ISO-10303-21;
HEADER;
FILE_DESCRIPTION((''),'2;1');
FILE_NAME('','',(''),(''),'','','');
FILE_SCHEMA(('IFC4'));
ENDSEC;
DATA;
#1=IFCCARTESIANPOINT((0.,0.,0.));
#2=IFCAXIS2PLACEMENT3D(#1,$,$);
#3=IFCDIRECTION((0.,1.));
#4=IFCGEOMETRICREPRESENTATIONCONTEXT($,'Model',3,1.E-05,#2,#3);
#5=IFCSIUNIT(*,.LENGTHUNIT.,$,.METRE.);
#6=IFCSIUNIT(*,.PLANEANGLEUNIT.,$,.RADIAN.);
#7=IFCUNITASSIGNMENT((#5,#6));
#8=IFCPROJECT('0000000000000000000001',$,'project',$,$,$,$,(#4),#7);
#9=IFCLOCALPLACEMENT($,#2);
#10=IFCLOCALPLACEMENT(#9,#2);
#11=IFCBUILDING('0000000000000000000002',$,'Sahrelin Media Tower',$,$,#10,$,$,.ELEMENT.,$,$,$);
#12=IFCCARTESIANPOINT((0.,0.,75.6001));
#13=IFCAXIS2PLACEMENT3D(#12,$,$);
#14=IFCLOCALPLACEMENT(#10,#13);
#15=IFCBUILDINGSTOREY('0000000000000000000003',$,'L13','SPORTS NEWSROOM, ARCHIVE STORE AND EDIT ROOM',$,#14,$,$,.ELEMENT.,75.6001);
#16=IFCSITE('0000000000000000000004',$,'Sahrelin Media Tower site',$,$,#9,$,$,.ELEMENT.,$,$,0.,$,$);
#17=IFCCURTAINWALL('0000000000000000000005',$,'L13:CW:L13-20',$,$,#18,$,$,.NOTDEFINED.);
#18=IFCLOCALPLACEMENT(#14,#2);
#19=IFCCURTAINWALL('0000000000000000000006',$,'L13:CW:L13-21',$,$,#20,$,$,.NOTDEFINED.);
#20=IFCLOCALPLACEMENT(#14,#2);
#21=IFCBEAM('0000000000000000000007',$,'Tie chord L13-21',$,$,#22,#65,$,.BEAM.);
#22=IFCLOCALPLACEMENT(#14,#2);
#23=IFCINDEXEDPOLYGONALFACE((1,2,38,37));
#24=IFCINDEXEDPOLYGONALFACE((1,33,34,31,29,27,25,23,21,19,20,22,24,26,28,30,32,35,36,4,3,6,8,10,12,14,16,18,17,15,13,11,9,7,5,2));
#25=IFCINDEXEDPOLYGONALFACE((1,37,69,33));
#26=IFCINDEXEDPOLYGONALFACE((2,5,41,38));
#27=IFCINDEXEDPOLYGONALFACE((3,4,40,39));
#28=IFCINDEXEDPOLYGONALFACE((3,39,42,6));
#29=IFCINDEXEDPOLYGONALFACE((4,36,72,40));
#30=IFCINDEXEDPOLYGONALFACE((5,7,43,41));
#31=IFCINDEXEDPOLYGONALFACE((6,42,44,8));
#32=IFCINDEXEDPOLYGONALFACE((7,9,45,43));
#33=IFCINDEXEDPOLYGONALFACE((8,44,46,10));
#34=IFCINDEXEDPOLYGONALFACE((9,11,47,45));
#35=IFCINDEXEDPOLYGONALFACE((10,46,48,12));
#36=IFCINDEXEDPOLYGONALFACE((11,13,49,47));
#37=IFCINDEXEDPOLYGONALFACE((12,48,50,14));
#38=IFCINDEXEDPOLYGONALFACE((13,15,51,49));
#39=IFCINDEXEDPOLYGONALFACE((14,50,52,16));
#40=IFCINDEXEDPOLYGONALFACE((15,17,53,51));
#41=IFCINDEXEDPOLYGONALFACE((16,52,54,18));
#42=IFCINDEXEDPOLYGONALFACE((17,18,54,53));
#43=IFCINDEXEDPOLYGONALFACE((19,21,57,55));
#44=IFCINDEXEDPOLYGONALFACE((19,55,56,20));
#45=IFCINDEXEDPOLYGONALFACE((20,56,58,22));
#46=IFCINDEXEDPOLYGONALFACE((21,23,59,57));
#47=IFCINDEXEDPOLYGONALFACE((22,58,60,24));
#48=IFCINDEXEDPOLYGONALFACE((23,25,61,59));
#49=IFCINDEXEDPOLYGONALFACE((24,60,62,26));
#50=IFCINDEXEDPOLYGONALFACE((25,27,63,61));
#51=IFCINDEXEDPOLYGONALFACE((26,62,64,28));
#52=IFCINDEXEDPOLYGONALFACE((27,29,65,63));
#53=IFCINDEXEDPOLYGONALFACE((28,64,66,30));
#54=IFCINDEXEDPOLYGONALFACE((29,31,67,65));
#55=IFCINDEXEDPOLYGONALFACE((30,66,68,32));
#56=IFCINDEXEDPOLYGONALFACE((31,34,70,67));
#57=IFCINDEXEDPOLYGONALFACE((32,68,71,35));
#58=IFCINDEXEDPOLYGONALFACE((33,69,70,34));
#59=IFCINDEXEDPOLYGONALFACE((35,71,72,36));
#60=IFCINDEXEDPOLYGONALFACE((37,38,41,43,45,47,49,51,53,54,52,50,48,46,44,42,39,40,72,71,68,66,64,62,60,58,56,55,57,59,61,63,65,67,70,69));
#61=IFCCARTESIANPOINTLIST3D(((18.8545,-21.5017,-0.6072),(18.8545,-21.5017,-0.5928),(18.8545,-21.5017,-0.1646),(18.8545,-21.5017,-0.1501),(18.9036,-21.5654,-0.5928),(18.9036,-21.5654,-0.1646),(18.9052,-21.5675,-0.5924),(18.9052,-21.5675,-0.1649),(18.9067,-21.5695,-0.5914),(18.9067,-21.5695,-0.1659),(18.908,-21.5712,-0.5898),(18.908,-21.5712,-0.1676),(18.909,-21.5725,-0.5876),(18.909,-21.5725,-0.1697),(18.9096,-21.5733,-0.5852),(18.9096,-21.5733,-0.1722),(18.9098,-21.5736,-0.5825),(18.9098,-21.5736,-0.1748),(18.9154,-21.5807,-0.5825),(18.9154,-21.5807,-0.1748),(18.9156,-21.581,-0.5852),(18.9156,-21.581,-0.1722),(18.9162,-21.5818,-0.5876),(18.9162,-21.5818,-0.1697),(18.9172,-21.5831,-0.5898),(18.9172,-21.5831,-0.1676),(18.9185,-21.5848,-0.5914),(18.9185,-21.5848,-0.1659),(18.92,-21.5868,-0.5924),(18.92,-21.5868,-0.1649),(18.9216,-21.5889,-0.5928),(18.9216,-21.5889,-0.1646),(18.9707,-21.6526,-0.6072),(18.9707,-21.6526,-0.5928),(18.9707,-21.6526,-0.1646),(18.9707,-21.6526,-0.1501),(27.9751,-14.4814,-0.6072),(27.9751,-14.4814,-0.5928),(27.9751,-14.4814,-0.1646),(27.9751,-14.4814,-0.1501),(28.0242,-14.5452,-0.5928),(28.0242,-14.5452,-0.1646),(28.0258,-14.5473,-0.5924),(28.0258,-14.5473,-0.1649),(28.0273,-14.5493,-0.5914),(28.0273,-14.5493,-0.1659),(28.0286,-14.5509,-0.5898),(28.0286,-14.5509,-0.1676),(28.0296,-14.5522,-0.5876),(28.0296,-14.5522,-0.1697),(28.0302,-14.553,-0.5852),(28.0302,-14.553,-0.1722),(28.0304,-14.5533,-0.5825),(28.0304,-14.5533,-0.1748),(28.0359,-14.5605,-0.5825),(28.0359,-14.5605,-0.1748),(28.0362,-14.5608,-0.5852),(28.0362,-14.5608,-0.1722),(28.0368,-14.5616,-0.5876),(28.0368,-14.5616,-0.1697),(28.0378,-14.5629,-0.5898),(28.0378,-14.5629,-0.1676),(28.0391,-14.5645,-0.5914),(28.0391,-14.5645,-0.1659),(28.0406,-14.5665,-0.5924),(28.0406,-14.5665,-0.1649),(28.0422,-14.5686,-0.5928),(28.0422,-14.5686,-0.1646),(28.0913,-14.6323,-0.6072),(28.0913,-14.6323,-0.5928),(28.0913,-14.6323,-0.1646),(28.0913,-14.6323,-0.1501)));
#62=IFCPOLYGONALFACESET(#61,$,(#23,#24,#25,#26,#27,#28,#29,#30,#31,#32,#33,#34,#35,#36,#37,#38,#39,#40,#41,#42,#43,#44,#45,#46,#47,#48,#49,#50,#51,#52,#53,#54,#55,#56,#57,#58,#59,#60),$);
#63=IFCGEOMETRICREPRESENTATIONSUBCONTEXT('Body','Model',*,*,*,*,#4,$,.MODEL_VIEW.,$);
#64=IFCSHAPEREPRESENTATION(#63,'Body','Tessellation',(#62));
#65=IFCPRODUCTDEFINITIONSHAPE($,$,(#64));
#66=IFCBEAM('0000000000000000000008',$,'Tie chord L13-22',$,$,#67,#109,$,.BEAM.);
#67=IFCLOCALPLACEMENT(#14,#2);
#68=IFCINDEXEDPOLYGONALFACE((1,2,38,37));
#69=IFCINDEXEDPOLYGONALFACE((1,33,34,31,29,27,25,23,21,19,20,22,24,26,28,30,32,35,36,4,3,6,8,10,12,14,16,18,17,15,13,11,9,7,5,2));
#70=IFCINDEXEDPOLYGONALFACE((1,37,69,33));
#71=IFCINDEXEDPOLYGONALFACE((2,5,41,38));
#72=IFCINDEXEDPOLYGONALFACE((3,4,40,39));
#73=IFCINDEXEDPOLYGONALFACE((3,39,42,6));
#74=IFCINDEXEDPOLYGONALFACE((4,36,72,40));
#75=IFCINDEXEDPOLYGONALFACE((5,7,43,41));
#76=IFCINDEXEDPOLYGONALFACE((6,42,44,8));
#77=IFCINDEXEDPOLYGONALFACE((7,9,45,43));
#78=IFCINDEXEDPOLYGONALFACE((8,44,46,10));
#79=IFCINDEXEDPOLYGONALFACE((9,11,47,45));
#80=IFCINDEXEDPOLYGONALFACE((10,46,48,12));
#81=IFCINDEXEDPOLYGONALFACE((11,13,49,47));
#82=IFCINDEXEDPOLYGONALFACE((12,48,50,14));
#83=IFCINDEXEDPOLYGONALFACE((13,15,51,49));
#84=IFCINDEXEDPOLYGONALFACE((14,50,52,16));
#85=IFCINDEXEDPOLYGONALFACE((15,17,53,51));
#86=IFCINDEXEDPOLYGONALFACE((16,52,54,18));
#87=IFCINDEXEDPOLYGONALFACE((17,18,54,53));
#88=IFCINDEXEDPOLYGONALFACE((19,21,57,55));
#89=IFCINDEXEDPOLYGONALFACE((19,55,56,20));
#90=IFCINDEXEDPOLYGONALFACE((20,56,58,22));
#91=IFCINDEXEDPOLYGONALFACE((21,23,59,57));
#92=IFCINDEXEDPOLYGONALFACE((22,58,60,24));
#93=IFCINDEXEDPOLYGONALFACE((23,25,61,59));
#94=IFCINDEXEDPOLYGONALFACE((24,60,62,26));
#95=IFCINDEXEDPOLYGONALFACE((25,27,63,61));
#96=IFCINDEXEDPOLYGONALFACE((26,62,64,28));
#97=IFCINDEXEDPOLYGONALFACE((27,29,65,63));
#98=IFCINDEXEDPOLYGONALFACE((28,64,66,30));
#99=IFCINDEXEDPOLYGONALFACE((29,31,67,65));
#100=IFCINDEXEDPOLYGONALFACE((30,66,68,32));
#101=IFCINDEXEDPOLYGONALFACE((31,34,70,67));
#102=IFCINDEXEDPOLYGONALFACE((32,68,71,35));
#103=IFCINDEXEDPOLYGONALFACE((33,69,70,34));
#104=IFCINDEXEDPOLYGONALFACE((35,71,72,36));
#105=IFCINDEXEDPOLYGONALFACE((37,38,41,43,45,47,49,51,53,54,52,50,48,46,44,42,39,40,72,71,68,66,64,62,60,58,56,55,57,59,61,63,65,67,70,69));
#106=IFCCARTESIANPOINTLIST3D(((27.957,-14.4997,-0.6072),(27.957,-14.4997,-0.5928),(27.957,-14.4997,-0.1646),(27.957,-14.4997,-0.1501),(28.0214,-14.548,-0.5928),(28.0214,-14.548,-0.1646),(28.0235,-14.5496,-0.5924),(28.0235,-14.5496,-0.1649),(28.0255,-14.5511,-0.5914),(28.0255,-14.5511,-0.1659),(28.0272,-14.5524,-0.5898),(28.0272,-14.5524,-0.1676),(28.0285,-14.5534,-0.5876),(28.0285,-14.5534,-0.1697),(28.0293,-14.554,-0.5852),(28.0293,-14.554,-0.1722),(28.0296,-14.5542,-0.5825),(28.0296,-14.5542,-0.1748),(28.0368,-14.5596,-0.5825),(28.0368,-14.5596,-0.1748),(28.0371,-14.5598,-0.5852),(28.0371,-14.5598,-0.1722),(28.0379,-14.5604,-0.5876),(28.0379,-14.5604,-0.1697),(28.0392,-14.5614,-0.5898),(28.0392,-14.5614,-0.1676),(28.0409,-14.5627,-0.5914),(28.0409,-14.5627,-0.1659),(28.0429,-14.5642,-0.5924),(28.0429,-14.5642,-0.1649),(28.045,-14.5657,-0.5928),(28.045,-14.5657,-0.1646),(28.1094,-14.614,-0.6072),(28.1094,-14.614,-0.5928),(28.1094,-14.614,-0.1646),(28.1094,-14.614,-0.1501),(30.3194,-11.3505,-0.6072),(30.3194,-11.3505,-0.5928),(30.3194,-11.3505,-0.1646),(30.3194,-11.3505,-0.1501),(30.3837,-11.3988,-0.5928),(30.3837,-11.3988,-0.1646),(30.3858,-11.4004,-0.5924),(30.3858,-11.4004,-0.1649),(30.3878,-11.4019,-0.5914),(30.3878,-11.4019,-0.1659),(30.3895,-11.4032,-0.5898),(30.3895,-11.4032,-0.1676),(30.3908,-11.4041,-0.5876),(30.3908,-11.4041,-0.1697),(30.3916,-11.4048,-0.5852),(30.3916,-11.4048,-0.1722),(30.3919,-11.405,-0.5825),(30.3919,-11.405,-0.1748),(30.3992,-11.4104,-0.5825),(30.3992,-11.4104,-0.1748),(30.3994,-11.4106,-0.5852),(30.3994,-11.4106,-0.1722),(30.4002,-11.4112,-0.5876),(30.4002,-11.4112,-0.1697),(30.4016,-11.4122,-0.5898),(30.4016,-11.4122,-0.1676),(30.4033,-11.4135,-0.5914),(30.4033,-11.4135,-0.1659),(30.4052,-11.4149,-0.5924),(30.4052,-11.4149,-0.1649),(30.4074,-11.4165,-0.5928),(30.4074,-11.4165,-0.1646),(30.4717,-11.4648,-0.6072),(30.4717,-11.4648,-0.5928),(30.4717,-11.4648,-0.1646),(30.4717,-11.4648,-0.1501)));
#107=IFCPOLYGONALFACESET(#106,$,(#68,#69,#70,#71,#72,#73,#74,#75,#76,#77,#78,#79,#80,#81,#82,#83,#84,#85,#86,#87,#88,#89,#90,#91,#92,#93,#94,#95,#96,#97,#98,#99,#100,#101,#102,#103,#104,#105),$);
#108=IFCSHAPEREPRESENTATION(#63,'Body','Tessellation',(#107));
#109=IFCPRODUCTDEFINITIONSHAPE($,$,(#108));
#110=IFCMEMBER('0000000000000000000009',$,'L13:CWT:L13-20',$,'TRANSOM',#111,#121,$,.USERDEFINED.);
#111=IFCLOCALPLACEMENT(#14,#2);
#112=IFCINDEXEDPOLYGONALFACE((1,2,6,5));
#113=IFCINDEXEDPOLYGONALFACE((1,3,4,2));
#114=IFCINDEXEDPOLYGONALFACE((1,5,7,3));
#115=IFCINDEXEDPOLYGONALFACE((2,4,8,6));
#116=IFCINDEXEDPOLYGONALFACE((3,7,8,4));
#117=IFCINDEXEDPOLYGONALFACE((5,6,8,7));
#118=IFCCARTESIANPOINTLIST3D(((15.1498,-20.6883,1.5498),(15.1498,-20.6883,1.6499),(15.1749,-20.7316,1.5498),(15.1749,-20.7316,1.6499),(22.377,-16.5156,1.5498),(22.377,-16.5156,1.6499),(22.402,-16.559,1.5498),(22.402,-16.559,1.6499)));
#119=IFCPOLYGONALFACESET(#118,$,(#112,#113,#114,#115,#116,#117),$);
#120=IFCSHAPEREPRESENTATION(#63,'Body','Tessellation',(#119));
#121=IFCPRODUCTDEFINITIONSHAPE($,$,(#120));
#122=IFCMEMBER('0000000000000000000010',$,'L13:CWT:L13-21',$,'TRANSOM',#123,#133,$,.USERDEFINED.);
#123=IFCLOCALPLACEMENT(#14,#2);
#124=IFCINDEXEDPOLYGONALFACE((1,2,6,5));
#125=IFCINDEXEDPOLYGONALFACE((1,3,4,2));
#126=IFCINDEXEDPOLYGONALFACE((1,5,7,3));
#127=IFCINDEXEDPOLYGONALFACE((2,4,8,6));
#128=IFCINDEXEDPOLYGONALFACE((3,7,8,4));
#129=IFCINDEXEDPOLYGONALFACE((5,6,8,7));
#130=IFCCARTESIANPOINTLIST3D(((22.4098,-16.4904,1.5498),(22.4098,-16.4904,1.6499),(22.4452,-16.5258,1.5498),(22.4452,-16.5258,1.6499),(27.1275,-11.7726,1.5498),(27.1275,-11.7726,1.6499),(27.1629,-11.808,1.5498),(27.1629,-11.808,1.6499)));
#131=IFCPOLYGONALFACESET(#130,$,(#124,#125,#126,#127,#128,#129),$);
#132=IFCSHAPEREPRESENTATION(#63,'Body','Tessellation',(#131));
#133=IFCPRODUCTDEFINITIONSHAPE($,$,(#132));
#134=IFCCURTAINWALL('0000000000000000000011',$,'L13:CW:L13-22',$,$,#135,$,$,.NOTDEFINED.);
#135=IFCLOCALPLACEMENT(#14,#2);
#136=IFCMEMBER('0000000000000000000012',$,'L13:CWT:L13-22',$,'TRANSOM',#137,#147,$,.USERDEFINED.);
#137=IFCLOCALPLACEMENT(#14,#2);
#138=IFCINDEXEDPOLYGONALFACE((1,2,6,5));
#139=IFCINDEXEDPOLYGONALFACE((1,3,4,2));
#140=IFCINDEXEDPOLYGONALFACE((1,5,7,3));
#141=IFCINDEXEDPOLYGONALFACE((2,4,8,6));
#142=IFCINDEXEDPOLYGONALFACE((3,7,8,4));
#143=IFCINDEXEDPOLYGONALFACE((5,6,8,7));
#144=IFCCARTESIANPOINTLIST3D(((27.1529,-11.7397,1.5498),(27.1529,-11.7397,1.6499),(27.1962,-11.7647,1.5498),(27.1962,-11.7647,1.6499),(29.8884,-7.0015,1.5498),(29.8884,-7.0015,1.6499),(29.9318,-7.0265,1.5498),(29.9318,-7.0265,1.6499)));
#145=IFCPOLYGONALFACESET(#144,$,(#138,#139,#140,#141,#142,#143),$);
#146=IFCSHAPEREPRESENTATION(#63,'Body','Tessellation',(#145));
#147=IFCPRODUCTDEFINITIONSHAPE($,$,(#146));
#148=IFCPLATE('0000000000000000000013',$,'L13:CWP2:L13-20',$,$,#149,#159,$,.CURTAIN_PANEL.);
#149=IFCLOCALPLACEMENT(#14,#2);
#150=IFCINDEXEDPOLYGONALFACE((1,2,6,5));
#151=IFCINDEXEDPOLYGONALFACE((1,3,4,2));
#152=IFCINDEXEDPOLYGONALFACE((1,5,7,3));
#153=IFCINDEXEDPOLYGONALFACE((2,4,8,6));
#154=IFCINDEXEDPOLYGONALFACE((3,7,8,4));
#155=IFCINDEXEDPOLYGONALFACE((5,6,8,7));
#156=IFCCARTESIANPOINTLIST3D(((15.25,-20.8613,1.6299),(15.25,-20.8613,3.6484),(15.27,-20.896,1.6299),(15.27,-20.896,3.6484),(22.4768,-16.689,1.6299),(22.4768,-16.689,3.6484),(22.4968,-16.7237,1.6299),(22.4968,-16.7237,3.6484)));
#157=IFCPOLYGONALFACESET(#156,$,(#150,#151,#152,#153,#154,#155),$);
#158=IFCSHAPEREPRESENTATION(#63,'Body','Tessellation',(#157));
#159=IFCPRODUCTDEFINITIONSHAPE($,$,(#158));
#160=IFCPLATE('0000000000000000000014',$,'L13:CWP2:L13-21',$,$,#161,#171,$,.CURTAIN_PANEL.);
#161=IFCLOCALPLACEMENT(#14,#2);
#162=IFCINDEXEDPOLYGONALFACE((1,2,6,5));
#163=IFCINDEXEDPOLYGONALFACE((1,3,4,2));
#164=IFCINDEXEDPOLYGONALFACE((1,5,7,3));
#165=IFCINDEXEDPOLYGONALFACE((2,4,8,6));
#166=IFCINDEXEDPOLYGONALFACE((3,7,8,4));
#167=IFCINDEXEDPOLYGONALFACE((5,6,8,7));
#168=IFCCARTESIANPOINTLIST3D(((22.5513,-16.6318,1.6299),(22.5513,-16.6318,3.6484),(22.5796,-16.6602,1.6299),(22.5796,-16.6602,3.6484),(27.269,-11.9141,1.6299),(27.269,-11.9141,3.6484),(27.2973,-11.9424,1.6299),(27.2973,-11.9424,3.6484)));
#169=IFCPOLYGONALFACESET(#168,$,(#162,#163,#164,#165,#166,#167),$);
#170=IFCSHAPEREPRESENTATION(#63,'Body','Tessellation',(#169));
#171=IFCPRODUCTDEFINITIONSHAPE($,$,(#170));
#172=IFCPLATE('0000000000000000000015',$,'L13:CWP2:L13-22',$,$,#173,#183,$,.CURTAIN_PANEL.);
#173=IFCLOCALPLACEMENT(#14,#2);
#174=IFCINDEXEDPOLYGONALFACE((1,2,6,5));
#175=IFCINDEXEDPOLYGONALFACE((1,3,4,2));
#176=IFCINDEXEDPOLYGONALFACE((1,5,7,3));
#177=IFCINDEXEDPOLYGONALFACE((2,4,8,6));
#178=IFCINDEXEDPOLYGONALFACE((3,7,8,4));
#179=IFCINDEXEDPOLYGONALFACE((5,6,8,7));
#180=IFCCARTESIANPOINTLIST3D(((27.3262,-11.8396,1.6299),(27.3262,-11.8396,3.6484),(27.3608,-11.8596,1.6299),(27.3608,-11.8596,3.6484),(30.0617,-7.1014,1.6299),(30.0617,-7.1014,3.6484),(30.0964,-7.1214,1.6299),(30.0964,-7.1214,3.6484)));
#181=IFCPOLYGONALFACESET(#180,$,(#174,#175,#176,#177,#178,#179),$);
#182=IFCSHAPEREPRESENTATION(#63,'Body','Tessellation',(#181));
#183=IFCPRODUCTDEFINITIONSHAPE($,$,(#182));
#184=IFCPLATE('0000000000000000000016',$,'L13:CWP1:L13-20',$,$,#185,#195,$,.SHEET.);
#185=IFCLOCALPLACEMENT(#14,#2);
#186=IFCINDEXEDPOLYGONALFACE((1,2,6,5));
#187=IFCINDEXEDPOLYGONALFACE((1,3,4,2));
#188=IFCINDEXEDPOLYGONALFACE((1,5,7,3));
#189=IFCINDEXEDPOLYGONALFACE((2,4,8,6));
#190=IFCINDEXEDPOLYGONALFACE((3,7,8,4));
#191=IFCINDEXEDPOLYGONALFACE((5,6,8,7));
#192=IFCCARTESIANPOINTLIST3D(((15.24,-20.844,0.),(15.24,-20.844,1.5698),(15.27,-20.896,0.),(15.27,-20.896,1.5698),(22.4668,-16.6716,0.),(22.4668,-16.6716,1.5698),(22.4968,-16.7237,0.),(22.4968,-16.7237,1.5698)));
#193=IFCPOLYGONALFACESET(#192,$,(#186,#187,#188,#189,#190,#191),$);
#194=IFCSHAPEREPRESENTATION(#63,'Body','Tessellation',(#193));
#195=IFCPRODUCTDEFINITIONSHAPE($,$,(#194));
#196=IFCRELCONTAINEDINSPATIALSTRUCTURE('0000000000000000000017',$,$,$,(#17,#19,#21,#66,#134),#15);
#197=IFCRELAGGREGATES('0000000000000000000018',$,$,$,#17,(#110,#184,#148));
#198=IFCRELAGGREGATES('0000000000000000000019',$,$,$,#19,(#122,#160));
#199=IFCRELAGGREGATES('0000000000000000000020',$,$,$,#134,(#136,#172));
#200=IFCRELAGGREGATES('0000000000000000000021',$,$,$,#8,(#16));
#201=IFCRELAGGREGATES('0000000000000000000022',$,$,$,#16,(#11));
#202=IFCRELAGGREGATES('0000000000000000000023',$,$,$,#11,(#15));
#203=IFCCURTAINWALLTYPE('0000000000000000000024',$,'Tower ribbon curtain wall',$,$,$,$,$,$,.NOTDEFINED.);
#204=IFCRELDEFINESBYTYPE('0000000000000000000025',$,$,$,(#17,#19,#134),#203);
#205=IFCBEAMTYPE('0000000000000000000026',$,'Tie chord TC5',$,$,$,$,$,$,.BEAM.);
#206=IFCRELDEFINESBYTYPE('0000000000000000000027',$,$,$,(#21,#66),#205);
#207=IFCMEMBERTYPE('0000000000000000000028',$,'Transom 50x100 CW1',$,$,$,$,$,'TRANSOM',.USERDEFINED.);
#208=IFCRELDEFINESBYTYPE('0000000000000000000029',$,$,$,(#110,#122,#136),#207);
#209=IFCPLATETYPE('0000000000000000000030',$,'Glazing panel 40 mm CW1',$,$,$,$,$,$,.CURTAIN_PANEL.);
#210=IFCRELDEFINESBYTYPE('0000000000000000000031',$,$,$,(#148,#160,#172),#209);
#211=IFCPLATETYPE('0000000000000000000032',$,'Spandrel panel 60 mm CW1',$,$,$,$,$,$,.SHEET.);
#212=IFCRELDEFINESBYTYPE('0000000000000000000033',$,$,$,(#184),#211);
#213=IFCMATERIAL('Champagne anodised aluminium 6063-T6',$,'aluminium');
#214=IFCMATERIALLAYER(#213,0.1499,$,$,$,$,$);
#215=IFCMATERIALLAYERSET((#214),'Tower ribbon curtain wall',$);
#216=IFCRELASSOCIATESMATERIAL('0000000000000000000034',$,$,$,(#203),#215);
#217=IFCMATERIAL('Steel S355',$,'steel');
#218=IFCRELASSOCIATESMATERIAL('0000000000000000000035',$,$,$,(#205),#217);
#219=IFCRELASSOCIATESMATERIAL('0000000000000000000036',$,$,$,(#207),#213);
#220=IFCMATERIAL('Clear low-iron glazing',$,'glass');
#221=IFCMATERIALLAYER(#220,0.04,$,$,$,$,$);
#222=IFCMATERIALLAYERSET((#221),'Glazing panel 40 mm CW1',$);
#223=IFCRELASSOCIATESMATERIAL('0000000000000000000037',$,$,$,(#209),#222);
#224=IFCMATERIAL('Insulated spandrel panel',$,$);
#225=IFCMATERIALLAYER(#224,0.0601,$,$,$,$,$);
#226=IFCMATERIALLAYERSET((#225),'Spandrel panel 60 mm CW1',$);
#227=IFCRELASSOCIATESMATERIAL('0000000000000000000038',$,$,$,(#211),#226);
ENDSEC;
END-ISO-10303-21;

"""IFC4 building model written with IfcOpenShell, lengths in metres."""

from ifc_helpers import new_model, si_unit, direction, frame, origin, origin_2d, place, context, subcontext, project, spatial, polyline, rectangle, i_section, outline, extrude, material, layer, layer_set, material_profile, profile_set, type_object, element, aggregate, save


model = new_model("IFC4")

# Units and contexts
model_context = context("Model", 3, precision=1e-05, world=origin(), true_north=direction((0.0, 1.0)))
body_context = subcontext(model_context, "Body", "Model", "MODEL_VIEW")
ifc_project = project(units=[si_unit("LENGTHUNIT", "METRE"), si_unit("PLANEANGLEUNIT", "RADIAN")], contexts=[model_context])

# Site, building, storey
site_placement = place(None, origin())
site = spatial("IfcSite", under=ifc_project, at=site_placement, Name="Sahrelin Media Tower site", CompositionType="ELEMENT", RefElevation=0.0)
building_placement = place(site_placement, origin())
building = spatial("IfcBuilding", under=site, at=building_placement, Name="Sahrelin Media Tower", CompositionType="ELEMENT")
storey_placement = place(building_placement, frame((0.0, 0.0, 75.6001)))
storey = spatial("IfcBuildingStorey", under=building, at=storey_placement, Name="L13", Description="SPORTS NEWSROOM, ARCHIVE STORE AND EDIT ROOM", CompositionType="ELEMENT", Elevation=75.6001)

# Shared definitions
ifc_material_1 = material(Name="Steel S355", Category="steel")

# Curtain walls
ifc_material_2 = material(Name="Champagne anodised aluminium 6063-T6", Category="aluminium")
ifc_layer_1 = layer(ifc_material_2, 0.1499)
ifc_layer_set_1 = layer_set([ifc_layer_1], Name="Tower ribbon curtain wall")
curtain_wall_type = type_object("IfcCurtainWallType", Name="Tower ribbon curtain wall", PredefinedType="NOTDEFINED", material=ifc_layer_set_1)
curtain_wall_1_placement = place(storey_placement, frame((18.8733, -18.7925, 0.0), z_axis=(0.0, 0.0, 1.0), x_axis=(1.0, 0.0, 0.0)))
curtain_wall_1 = element("IfcCurtainWall", 1, at=curtain_wall_1_placement, inside=storey, type_object=curtain_wall_type, Name="L13:CW:L13-20", PredefinedType="NOTDEFINED")
curtain_wall_2_placement = place(storey_placement, frame((24.9243, -14.2871, 0.0), z_axis=(0.0, 0.0, 1.0), x_axis=(1.0, 0.0, 0.0)))
curtain_wall_2 = element("IfcCurtainWall", 2, at=curtain_wall_2_placement, inside=storey, type_object=curtain_wall_type, Name="L13:CW:L13-21", PredefinedType="NOTDEFINED")

# Beams
ifc_material_profile_1 = material_profile(ifc_material_1, i_section(OverallWidth=0.1904, OverallDepth=0.457, WebThickness=0.009, FlangeThickness=0.0144, FilletRadius=0.0103, at=origin_2d()), Name="UB 457x191x74")
ifc_profile_set_1 = profile_set([ifc_material_profile_1], Name="Steel S355")
beam_type_1 = type_object("IfcBeamType", Name="Tie chord TC5", PredefinedType="BEAM", material=ifc_profile_set_1)
beam_1_placement = place(storey_placement, frame((18.9126, -21.5771, -0.3787), z_axis=(0.792439, 0.609952, 0.0), x_axis=(-0.609952, 0.792439, 0.0)))
element("IfcBeam", 3, at=beam_1_placement, inside=storey, type_object=beam_type_1, Name="Tie chord L13-21", PredefinedType="BEAM", context=body_context, shape_type="SweptSolid", body=[
    extrude(i_section(OverallWidth=0.1904, OverallDepth=0.457, WebThickness=0.009, FlangeThickness=0.0144, FilletRadius=0.0103, at=origin_2d()), origin(), (0.0, 0.0, 1.0), 11.5095),
])
beam_2_placement = place(storey_placement, frame((28.0332, -14.5569, -0.3787), z_axis=(0.600069, 0.799948, 0.0), x_axis=(-0.799948, 0.600069, 0.0)))
element("IfcBeam", 4, at=beam_2_placement, inside=storey, type_object=beam_type_1, Name="Tie chord L13-22", PredefinedType="BEAM", context=body_context, shape_type="SweptSolid", body=[
    extrude(i_section(OverallWidth=0.1904, OverallDepth=0.457, WebThickness=0.009, FlangeThickness=0.0144, FilletRadius=0.0103, at=origin_2d()), origin(), (0.0, 0.0, 1.0), 3.9368),
])

# Members
ifc_material_profile_2 = material_profile(ifc_material_2, rectangle(XDim=0.05, YDim=0.1001, at=origin_2d()), Name="Transom 50x100")
ifc_profile_set_2 = profile_set([ifc_material_profile_2], Name="Champagne anodised aluminium 6063-T6")
member_type_1 = type_object("IfcMemberType", Name="Transom 50x100 CW1", ElementType="TRANSOM", PredefinedType="USERDEFINED", material=ifc_profile_set_2)
member_1_placement = place(storey_placement, frame((15.1624, -20.71, 1.5999), z_axis=(0.866022, 0.500006, 0.0), x_axis=(-0.500006, 0.866022, 0.0)))
member_1 = element("IfcMember", 5, at=member_1_placement, type_object=member_type_1, Name="L13:CWT:L13-20", ObjectType="TRANSOM", PredefinedType="USERDEFINED", context=body_context, shape_type="SweptSolid", body=[
    extrude(rectangle(XDim=0.05, YDim=0.1001, at=origin_2d()), origin(), (0.0, 0.0, 1.0), 8.3452),
])
member_2_placement = place(storey_placement, frame((22.4275, -16.5081, 1.5999), z_axis=(0.707107, 0.707107, 0.0), x_axis=(-0.707107, 0.707107, 0.0)))
member_2 = element("IfcMember", 6, at=member_2_placement, type_object=member_type_1, Name="L13:CWT:L13-21", ObjectType="TRANSOM", PredefinedType="USERDEFINED", context=body_context, shape_type="SweptSolid", body=[
    extrude(rectangle(XDim=0.05, YDim=0.1001, at=origin_2d()), origin(), (0.0, 0.0, 1.0), 6.6719),
])

# Curtain wall, member
curtain_wall_3_placement = place(storey_placement, frame((28.7112, -9.4805, 0.0), z_axis=(0.0, 0.0, 1.0), x_axis=(1.0, 0.0, 0.0)))
curtain_wall_3 = element("IfcCurtainWall", 7, at=curtain_wall_3_placement, inside=storey, type_object=curtain_wall_type, Name="L13:CW:L13-22", PredefinedType="NOTDEFINED")
member_3_placement = place(storey_placement, frame((27.1746, -11.7522, 1.5999), z_axis=(0.499993, 0.86603, 0.0), x_axis=(-0.86603, 0.499993, 0.0)))
member_3 = element("IfcMember", 8, at=member_3_placement, type_object=member_type_1, Name="L13:CWT:L13-22", ObjectType="TRANSOM", PredefinedType="USERDEFINED", context=body_context, shape_type="SweptSolid", body=[
    extrude(rectangle(XDim=0.05, YDim=0.1001, at=origin_2d()), origin(), (0.0, 0.0, 1.0), 5.4712),
])

# Plates
ifc_material_3 = material(Name="Clear low-iron glazing", Category="glass")
ifc_layer_2 = layer(ifc_material_3, 0.04)
ifc_layer_set_2 = layer_set([ifc_layer_2], Name="Glazing panel 40 mm CW1")
plate_type_1 = type_object("IfcPlateType", Name="Glazing panel 40 mm CW1", PredefinedType="CURTAIN_PANEL", material=ifc_layer_set_2)
plate_1_placement = place(storey_placement, frame((15.27, -20.896, 1.6299), z_axis=(0.499997, -0.866027, 0.0), x_axis=(0.866027, 0.499997, 0.0)))
plate_1 = element("IfcPlate", 9, at=plate_1_placement, type_object=plate_type_1, Name="L13:CWP2:L13-20", PredefinedType="CURTAIN_PANEL", context=body_context, shape_type="SweptSolid", body=[
    extrude(outline(polyline([(0.0, 0.0), (8.3447, 0.0), (8.3447, 2.0186), (0.0, 2.0186), (0.0, 0.0)])), origin(), (0.0, 0.0, -1.0), 0.04),
])
plate_2_placement = place(storey_placement, frame((22.5796, -16.6602, 1.6299), z_axis=(0.707107, -0.707107, 0.0), x_axis=(0.707107, 0.707107, 0.0)))
plate_2 = element("IfcPlate", 10, at=plate_2_placement, type_object=plate_type_1, Name="L13:CWP2:L13-21", PredefinedType="CURTAIN_PANEL", context=body_context, shape_type="SweptSolid", body=[
    extrude(outline(polyline([(0.0, 0.0), (6.6719, 0.0), (6.6719, 2.0186), (0.0, 2.0186), (0.0, 0.0)])), origin(), (0.0, 0.0, -1.0), 0.04),
])
plate_3_placement = place(storey_placement, frame((27.3608, -11.8596, 1.6299), z_axis=(0.86603, -0.499993, 0.0), x_axis=(0.499993, 0.86603, 0.0)))
plate_3 = element("IfcPlate", 11, at=plate_3_placement, type_object=plate_type_1, Name="L13:CWP2:L13-22", PredefinedType="CURTAIN_PANEL", context=body_context, shape_type="SweptSolid", body=[
    extrude(outline(polyline([(0.0, 0.0), (5.4712, 0.0), (5.4712, 2.0186), (0.0, 2.0186), (0.0, 0.0)])), origin(), (0.0, 0.0, -1.0), 0.04),
])
ifc_material_4 = material(Name="Insulated spandrel panel")
ifc_layer_3 = layer(ifc_material_4, 0.0601)
ifc_layer_set_3 = layer_set([ifc_layer_3], Name="Spandrel panel 60 mm CW1")
plate_type_2 = type_object("IfcPlateType", Name="Spandrel panel 60 mm CW1", PredefinedType="SHEET", material=ifc_layer_set_3)
plate_4_placement = place(storey_placement, frame((15.27, -20.896, 0.0), z_axis=(0.499997, -0.866027, 0.0), x_axis=(0.866027, 0.499997, 0.0)))
plate_4 = element("IfcPlate", 12, at=plate_4_placement, type_object=plate_type_2, Name="L13:CWP1:L13-20", PredefinedType="SHEET", context=body_context, shape_type="SweptSolid", body=[
    extrude(outline(polyline([(0.0, 0.0), (8.3447, 0.0), (8.3447, 1.5698), (0.0, 1.5698), (0.0, 0.0)])), origin(), (0.0, 0.0, -1.0), 0.0601),
])
aggregate(curtain_wall_1, [member_1, plate_4, plate_1])
aggregate(curtain_wall_2, [member_2, plate_2])
aggregate(curtain_wall_3, [member_3, plate_3])

save(model, "model.ifc")
